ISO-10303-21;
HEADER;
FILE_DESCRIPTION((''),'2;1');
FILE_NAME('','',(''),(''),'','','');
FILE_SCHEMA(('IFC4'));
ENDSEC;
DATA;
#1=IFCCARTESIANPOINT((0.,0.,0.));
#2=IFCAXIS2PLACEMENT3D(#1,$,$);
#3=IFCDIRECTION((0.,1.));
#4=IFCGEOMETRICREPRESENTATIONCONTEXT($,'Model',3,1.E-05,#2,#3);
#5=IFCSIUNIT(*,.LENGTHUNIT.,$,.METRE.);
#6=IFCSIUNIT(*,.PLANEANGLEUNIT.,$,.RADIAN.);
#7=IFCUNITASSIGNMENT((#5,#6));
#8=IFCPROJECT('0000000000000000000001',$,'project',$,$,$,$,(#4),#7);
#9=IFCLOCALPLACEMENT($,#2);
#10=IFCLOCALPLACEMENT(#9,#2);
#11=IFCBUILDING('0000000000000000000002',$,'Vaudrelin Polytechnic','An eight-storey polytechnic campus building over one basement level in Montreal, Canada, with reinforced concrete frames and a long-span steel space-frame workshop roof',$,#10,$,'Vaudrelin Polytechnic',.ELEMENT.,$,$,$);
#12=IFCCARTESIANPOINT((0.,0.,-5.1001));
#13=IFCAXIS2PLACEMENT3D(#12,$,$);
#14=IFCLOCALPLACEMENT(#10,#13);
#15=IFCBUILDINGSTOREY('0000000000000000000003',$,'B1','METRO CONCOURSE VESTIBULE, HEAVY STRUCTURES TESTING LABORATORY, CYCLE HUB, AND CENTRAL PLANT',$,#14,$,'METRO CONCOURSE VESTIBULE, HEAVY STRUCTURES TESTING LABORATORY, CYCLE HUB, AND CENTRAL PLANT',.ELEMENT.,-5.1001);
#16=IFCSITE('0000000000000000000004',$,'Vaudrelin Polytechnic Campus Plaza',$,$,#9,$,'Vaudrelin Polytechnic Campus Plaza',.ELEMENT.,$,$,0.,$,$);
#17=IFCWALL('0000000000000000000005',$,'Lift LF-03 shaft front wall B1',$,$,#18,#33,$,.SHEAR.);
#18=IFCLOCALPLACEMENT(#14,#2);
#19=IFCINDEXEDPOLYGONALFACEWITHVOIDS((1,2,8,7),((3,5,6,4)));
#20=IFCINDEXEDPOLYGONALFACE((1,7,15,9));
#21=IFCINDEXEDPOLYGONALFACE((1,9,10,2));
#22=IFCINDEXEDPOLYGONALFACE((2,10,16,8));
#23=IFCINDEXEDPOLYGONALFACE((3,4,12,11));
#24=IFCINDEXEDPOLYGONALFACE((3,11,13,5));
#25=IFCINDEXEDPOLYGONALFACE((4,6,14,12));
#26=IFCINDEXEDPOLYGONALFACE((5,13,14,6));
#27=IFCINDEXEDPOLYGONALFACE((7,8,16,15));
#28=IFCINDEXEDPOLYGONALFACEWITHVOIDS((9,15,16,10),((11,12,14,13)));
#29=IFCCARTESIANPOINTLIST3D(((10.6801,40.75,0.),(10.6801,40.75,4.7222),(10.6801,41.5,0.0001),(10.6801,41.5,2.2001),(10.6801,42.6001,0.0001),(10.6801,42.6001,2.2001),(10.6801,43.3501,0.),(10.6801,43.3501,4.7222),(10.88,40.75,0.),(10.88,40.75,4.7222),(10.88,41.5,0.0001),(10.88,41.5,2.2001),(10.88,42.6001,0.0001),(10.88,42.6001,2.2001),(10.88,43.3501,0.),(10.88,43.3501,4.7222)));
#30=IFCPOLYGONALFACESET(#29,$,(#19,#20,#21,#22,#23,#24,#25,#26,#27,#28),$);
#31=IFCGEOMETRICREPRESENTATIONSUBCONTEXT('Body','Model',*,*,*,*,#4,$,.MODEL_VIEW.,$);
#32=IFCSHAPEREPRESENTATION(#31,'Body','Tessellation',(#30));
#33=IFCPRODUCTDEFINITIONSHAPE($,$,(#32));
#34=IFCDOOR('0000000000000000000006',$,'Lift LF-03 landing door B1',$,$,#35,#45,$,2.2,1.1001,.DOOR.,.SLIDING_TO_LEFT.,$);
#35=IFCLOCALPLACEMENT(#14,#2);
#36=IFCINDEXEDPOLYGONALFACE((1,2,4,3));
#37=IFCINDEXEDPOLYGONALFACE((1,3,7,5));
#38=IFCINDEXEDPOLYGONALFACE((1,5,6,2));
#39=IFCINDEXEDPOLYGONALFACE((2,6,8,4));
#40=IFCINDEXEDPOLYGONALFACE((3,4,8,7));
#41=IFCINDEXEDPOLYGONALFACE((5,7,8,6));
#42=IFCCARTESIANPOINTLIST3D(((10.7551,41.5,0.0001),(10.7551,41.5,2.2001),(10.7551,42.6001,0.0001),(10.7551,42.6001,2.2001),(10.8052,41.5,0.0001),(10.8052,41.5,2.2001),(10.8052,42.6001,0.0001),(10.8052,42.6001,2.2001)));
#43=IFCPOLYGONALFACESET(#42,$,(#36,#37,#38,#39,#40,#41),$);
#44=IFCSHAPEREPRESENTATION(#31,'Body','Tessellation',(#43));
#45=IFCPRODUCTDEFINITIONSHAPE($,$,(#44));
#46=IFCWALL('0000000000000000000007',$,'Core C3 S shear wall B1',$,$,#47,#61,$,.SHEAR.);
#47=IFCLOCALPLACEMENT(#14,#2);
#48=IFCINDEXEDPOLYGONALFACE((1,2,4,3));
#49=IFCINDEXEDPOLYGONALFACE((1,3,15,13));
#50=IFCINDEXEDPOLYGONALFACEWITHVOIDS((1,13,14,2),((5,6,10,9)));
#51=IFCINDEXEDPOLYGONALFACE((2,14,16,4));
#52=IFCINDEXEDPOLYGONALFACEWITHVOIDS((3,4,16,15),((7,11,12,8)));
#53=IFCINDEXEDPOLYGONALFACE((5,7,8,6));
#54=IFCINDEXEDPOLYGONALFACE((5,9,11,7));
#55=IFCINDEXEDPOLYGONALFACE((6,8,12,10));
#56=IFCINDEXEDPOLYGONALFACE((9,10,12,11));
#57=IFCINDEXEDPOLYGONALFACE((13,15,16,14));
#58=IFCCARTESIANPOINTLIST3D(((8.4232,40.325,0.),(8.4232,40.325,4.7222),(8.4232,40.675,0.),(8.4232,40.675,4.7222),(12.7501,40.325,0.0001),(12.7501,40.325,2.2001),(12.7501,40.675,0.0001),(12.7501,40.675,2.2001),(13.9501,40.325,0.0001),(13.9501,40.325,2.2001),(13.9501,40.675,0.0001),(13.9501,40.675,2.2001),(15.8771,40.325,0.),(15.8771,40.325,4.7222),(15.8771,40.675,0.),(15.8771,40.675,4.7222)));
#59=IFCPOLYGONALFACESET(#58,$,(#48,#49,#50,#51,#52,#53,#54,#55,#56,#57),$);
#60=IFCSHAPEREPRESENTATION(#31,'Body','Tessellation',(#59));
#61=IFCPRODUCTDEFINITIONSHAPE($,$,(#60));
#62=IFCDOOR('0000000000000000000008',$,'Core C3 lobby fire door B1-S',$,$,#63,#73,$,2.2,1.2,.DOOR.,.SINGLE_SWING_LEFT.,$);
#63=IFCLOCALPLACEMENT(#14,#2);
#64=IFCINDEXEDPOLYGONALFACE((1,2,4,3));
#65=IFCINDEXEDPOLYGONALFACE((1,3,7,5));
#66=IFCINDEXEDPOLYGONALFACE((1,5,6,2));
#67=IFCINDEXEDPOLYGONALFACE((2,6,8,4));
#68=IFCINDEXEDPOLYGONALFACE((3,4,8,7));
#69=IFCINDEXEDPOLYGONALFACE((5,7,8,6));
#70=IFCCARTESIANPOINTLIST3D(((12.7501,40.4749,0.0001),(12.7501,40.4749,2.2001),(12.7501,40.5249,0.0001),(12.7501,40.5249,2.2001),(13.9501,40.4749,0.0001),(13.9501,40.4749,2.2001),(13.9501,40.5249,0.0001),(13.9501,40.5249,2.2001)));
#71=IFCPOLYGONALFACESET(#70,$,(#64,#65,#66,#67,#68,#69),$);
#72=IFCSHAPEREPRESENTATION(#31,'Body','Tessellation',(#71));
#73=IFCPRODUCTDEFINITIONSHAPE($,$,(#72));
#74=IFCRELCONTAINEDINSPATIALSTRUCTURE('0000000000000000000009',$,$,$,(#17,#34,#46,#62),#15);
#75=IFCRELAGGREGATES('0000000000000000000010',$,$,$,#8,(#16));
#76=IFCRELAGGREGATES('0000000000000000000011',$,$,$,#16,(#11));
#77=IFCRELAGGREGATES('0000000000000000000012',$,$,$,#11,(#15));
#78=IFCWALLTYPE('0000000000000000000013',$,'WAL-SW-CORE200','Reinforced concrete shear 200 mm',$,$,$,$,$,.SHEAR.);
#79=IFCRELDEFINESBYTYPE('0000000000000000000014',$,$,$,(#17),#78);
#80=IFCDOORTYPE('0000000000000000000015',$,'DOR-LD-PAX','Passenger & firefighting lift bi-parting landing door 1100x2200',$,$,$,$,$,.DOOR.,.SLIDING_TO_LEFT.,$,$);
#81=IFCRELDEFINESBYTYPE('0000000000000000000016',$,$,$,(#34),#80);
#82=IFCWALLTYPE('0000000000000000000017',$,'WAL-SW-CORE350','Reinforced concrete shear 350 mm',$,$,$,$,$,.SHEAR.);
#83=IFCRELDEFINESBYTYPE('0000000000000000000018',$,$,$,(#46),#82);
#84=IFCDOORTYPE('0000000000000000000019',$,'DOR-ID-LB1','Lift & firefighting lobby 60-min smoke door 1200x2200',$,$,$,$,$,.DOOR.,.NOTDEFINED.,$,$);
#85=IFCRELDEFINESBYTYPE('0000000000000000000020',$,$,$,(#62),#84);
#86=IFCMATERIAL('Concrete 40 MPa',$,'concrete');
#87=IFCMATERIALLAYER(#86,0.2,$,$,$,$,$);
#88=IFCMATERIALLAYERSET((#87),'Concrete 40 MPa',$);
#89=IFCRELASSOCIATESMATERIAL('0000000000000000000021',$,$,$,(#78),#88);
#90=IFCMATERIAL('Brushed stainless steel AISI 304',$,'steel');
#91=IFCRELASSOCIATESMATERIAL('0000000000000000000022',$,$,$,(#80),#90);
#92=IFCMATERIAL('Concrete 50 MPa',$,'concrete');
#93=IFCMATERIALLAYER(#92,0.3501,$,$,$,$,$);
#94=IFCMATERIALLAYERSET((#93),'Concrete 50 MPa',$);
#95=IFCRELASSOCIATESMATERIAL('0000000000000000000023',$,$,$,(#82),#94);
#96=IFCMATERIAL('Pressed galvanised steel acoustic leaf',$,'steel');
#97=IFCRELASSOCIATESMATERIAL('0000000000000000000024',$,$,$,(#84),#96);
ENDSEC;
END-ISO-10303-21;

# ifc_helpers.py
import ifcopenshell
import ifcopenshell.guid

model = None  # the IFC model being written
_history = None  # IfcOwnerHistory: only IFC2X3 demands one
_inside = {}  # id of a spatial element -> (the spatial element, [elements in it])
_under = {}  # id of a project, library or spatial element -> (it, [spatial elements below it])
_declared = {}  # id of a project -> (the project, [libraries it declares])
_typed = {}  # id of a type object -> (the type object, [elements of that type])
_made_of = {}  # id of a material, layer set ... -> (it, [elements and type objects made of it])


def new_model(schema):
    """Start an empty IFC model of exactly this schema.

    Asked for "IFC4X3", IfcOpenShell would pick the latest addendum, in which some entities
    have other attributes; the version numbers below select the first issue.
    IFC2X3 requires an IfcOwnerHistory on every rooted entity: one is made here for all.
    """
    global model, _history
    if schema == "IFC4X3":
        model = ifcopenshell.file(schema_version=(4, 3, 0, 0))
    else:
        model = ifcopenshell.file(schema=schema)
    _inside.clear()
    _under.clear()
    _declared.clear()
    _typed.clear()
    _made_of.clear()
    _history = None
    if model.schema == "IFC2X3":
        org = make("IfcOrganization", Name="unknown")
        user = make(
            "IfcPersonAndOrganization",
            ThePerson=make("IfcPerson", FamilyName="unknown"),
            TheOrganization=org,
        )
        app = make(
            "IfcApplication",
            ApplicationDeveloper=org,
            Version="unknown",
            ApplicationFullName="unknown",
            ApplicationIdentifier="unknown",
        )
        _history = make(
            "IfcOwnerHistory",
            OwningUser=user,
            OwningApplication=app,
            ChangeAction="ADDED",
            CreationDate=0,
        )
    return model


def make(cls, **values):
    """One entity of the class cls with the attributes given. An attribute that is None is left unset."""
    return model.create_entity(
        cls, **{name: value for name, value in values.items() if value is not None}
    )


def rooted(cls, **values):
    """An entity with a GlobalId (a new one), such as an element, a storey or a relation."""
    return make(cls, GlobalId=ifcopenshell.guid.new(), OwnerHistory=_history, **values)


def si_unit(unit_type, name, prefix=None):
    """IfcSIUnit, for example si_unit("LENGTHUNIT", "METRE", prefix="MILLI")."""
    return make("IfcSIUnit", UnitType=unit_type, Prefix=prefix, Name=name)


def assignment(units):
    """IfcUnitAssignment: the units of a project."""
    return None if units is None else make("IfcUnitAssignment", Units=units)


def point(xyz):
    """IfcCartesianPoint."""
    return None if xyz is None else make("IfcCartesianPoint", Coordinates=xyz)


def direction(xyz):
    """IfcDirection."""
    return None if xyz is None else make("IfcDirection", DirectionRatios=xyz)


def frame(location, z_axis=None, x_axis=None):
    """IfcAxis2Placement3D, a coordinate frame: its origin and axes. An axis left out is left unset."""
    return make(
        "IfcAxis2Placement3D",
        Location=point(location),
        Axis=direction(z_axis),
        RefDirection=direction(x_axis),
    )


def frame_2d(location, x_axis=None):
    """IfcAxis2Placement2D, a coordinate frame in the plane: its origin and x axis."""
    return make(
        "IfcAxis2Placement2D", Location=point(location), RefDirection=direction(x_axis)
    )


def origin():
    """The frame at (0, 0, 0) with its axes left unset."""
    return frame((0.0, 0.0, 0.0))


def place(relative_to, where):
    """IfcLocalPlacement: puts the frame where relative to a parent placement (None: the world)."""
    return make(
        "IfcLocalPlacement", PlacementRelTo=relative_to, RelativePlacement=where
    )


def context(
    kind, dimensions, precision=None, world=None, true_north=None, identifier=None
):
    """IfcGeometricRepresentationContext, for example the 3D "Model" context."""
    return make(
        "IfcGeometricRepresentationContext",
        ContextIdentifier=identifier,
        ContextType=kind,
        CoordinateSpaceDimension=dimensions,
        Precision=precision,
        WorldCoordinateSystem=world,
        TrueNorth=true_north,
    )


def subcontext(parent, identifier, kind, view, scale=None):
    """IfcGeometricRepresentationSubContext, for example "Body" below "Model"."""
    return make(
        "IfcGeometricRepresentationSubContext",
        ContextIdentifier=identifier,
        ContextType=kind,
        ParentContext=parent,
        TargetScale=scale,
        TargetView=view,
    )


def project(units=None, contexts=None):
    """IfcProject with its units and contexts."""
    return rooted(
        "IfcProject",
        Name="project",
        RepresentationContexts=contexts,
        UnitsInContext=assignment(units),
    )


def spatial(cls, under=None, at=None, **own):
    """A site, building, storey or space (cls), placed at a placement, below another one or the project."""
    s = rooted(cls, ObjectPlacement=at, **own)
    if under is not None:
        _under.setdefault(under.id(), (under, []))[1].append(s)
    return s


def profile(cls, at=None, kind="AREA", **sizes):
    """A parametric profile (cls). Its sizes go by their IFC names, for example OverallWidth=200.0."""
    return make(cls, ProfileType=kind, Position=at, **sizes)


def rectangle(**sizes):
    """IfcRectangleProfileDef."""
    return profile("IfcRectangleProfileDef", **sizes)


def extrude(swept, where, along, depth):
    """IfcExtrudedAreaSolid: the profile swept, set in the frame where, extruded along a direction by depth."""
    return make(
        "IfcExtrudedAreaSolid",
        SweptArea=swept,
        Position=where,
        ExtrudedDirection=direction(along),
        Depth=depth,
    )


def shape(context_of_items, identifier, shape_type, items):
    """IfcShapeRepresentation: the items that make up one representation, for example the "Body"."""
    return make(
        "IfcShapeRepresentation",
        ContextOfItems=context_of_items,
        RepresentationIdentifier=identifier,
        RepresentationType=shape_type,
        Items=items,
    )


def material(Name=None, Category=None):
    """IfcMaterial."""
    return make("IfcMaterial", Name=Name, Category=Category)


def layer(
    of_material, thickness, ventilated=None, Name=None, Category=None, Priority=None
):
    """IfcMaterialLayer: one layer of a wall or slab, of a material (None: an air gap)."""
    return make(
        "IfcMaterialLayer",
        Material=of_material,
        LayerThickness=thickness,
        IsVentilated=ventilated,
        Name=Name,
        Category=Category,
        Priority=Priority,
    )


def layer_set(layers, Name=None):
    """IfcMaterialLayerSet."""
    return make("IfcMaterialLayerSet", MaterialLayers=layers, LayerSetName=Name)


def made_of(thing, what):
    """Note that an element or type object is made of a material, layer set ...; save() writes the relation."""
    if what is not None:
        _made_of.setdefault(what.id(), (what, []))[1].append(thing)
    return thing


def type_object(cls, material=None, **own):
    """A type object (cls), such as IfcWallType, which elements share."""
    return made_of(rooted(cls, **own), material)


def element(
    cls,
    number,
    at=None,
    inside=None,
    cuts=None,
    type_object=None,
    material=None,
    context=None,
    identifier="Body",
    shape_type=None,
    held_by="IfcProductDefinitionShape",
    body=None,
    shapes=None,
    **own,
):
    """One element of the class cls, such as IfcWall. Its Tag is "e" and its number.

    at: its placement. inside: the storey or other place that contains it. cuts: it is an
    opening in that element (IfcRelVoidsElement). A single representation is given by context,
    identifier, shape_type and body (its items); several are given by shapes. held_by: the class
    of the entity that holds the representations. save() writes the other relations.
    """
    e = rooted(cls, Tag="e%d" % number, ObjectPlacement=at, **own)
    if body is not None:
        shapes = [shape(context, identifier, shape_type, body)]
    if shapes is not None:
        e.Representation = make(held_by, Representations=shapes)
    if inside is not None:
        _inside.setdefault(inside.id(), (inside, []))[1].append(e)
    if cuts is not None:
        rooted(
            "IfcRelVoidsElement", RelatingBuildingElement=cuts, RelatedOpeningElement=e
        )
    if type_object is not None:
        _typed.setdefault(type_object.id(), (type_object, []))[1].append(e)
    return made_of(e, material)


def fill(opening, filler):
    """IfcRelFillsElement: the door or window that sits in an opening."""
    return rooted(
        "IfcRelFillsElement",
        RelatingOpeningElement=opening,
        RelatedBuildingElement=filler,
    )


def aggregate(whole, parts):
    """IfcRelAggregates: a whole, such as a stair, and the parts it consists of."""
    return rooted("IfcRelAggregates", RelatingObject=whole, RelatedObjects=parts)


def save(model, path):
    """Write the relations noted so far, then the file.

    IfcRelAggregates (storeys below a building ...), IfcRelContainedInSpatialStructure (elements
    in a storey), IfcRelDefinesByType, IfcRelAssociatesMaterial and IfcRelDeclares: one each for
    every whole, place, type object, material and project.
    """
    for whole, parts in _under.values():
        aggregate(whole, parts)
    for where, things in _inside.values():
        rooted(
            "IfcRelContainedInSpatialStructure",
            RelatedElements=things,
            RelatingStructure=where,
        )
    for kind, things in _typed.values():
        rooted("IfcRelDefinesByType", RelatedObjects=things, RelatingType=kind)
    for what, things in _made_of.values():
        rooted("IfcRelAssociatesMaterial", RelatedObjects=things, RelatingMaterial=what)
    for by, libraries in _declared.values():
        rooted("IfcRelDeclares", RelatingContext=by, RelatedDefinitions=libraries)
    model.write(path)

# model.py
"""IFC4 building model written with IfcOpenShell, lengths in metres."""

from ifc_helpers import new_model, si_unit, direction, frame, frame_2d, origin, place, context, subcontext, project, spatial, rectangle, extrude, material, layer, layer_set, type_object, element, fill, save


model = new_model("IFC4")

# Units and contexts
model_context = context("Model", 3, precision=1e-05, world=origin(), true_north=direction((0.0, 1.0)))
body_context = subcontext(model_context, "Body", "Model", "MODEL_VIEW")
ifc_project = project(units=[si_unit("LENGTHUNIT", "METRE"), si_unit("PLANEANGLEUNIT", "RADIAN")], contexts=[model_context])

# Site, building, storey
site_placement = place(None, origin())
site = spatial("IfcSite", under=ifc_project, at=site_placement, Name="Vaudrelin Polytechnic Campus Plaza", LongName="Vaudrelin Polytechnic Campus Plaza", CompositionType="ELEMENT", RefElevation=0.0)
building_placement = place(site_placement, origin())
building = spatial("IfcBuilding", under=site, at=building_placement, Name="Vaudrelin Polytechnic", Description="An eight-storey polytechnic campus building over one basement level in Montreal, Canada, with reinforced concrete frames and a long-span steel space-frame workshop roof", LongName="Vaudrelin Polytechnic", CompositionType="ELEMENT")
storey_placement = place(building_placement, frame((0.0, 0.0, -5.1001)))
storey = spatial("IfcBuildingStorey", under=building, at=storey_placement, Name="B1", Description="METRO CONCOURSE VESTIBULE, HEAVY STRUCTURES TESTING LABORATORY, CYCLE HUB, AND CENTRAL PLANT", LongName="METRO CONCOURSE VESTIBULE, HEAVY STRUCTURES TESTING LABORATORY, CYCLE HUB, AND CENTRAL PLANT", CompositionType="ELEMENT", Elevation=-5.1001)

# Shared definitions
ifc_material_1 = material(Name="Concrete 40 MPa", Category="concrete")

# Walls, openings, doors
ifc_layer_1 = layer(ifc_material_1, 0.2)
ifc_layer_set_1 = layer_set([ifc_layer_1], Name="Concrete 40 MPa")
wall_type_1 = type_object("IfcWallType", Name="WAL-SW-CORE200", Description="Reinforced concrete shear 200 mm", PredefinedType="SHEAR", material=ifc_layer_set_1)
wall_1_placement = place(storey_placement, frame((10.78, 40.75, 0.0), z_axis=(0.0, 0.0, 1.0), x_axis=(0.0, 1.0, 0.0)))
wall_1 = element("IfcWall", 1, at=wall_1_placement, inside=storey, type_object=wall_type_1, Name="Lift LF-03 shaft front wall B1", PredefinedType="SHEAR", context=body_context, shape_type="SweptSolid", body=[
    extrude(rectangle(XDim=2.6001, YDim=0.2, at=frame_2d((1.3, 0.0))), origin(), (0.0, 0.0, 1.0), 4.7222),
])
opening_1_placement = place(wall_1_placement, frame((0.75, 0.0, 0.0)))
opening_1 = element("IfcOpeningElement", 2, at=opening_1_placement, cuts=wall_1, PredefinedType="OPENING", context=body_context, shape_type="SweptSolid", body=[
    extrude(rectangle(XDim=1.1001, YDim=2.2, at=frame_2d((0.55, 1.1001))), frame((0.0, 0.1099, 0.0), z_axis=(0.0, -1.0, 0.0), x_axis=(1.0, 0.0, 0.0)), (0.0, 0.0, 1.0), 0.22),
])
ifc_material_2 = material(Name="Brushed stainless steel AISI 304", Category="steel")
door_type_1 = type_object("IfcDoorType", Name="DOR-LD-PAX", Description="Passenger & firefighting lift bi-parting landing door 1100x2200", OperationType="SLIDING_TO_LEFT", PredefinedType="DOOR", material=ifc_material_2)
door_1_placement = place(opening_1_placement, origin())
door_1 = element("IfcDoor", 3, at=door_1_placement, inside=storey, type_object=door_type_1, Name="Lift LF-03 landing door B1", OperationType="SLIDING_TO_LEFT", OverallHeight=2.2, OverallWidth=1.1001, PredefinedType="DOOR", context=body_context, shape_type="SweptSolid", body=[
    extrude(rectangle(XDim=1.1001, YDim=2.2, at=frame_2d((0.55, 1.1001))), frame((0.0, 0.0249, 0.0), z_axis=(0.0, -1.0, 0.0), x_axis=(1.0, 0.0, 0.0)), (0.0, 0.0, 1.0), 0.05),
])
fill(opening_1, door_1)
ifc_material_3 = material(Name="Concrete 50 MPa", Category="concrete")
ifc_layer_2 = layer(ifc_material_3, 0.3501)
ifc_layer_set_2 = layer_set([ifc_layer_2], Name="Concrete 50 MPa")
wall_type_2 = type_object("IfcWallType", Name="WAL-SW-CORE350", Description="Reinforced concrete shear 350 mm", PredefinedType="SHEAR", material=ifc_layer_set_2)
wall_2_placement = place(storey_placement, frame((8.4231, 40.5, 0.0), z_axis=(0.0, 0.0, 1.0), x_axis=(1.0, 0.0, 0.0)))
wall_2 = element("IfcWall", 4, at=wall_2_placement, inside=storey, type_object=wall_type_2, Name="Core C3 S shear wall B1", PredefinedType="SHEAR", context=body_context, shape_type="SweptSolid", body=[
    extrude(rectangle(XDim=7.4539, YDim=0.3501, at=frame_2d((3.7271, 0.0))), origin(), (0.0, 0.0, 1.0), 4.7222),
])
opening_2_placement = place(wall_2_placement, frame((4.3269, 0.0, 0.0)))
opening_2 = element("IfcOpeningElement", 5, at=opening_2_placement, cuts=wall_2, PredefinedType="OPENING", context=body_context, shape_type="SweptSolid", body=[
    extrude(rectangle(XDim=1.2, YDim=2.2, at=frame_2d((0.6001, 1.1001))), frame((0.0, 0.1851, 0.0), z_axis=(0.0, -1.0, 0.0), x_axis=(1.0, 0.0, 0.0)), (0.0, 0.0, 1.0), 0.3701),
])
ifc_material_4 = material(Name="Pressed galvanised steel acoustic leaf", Category="steel")
door_type_2 = type_object("IfcDoorType", Name="DOR-ID-LB1", Description="Lift & firefighting lobby 60-min smoke door 1200x2200", OperationType="NOTDEFINED", PredefinedType="DOOR", material=ifc_material_4)
door_2_placement = place(opening_2_placement, origin())
door_2 = element("IfcDoor", 6, at=door_2_placement, inside=storey, type_object=door_type_2, Name="Core C3 lobby fire door B1-S", OperationType="SINGLE_SWING_LEFT", OverallHeight=2.2, OverallWidth=1.2, PredefinedType="DOOR", context=body_context, shape_type="SweptSolid", body=[
    extrude(rectangle(XDim=1.2, YDim=2.2, at=frame_2d((0.6001, 1.1001))), frame((0.0, 0.0249, 0.0), z_axis=(0.0, -1.0, 0.0), x_axis=(1.0, 0.0, 0.0)), (0.0, 0.0, 1.0), 0.05),
])
fill(opening_2, door_2)

save(model, "model.ifc")
